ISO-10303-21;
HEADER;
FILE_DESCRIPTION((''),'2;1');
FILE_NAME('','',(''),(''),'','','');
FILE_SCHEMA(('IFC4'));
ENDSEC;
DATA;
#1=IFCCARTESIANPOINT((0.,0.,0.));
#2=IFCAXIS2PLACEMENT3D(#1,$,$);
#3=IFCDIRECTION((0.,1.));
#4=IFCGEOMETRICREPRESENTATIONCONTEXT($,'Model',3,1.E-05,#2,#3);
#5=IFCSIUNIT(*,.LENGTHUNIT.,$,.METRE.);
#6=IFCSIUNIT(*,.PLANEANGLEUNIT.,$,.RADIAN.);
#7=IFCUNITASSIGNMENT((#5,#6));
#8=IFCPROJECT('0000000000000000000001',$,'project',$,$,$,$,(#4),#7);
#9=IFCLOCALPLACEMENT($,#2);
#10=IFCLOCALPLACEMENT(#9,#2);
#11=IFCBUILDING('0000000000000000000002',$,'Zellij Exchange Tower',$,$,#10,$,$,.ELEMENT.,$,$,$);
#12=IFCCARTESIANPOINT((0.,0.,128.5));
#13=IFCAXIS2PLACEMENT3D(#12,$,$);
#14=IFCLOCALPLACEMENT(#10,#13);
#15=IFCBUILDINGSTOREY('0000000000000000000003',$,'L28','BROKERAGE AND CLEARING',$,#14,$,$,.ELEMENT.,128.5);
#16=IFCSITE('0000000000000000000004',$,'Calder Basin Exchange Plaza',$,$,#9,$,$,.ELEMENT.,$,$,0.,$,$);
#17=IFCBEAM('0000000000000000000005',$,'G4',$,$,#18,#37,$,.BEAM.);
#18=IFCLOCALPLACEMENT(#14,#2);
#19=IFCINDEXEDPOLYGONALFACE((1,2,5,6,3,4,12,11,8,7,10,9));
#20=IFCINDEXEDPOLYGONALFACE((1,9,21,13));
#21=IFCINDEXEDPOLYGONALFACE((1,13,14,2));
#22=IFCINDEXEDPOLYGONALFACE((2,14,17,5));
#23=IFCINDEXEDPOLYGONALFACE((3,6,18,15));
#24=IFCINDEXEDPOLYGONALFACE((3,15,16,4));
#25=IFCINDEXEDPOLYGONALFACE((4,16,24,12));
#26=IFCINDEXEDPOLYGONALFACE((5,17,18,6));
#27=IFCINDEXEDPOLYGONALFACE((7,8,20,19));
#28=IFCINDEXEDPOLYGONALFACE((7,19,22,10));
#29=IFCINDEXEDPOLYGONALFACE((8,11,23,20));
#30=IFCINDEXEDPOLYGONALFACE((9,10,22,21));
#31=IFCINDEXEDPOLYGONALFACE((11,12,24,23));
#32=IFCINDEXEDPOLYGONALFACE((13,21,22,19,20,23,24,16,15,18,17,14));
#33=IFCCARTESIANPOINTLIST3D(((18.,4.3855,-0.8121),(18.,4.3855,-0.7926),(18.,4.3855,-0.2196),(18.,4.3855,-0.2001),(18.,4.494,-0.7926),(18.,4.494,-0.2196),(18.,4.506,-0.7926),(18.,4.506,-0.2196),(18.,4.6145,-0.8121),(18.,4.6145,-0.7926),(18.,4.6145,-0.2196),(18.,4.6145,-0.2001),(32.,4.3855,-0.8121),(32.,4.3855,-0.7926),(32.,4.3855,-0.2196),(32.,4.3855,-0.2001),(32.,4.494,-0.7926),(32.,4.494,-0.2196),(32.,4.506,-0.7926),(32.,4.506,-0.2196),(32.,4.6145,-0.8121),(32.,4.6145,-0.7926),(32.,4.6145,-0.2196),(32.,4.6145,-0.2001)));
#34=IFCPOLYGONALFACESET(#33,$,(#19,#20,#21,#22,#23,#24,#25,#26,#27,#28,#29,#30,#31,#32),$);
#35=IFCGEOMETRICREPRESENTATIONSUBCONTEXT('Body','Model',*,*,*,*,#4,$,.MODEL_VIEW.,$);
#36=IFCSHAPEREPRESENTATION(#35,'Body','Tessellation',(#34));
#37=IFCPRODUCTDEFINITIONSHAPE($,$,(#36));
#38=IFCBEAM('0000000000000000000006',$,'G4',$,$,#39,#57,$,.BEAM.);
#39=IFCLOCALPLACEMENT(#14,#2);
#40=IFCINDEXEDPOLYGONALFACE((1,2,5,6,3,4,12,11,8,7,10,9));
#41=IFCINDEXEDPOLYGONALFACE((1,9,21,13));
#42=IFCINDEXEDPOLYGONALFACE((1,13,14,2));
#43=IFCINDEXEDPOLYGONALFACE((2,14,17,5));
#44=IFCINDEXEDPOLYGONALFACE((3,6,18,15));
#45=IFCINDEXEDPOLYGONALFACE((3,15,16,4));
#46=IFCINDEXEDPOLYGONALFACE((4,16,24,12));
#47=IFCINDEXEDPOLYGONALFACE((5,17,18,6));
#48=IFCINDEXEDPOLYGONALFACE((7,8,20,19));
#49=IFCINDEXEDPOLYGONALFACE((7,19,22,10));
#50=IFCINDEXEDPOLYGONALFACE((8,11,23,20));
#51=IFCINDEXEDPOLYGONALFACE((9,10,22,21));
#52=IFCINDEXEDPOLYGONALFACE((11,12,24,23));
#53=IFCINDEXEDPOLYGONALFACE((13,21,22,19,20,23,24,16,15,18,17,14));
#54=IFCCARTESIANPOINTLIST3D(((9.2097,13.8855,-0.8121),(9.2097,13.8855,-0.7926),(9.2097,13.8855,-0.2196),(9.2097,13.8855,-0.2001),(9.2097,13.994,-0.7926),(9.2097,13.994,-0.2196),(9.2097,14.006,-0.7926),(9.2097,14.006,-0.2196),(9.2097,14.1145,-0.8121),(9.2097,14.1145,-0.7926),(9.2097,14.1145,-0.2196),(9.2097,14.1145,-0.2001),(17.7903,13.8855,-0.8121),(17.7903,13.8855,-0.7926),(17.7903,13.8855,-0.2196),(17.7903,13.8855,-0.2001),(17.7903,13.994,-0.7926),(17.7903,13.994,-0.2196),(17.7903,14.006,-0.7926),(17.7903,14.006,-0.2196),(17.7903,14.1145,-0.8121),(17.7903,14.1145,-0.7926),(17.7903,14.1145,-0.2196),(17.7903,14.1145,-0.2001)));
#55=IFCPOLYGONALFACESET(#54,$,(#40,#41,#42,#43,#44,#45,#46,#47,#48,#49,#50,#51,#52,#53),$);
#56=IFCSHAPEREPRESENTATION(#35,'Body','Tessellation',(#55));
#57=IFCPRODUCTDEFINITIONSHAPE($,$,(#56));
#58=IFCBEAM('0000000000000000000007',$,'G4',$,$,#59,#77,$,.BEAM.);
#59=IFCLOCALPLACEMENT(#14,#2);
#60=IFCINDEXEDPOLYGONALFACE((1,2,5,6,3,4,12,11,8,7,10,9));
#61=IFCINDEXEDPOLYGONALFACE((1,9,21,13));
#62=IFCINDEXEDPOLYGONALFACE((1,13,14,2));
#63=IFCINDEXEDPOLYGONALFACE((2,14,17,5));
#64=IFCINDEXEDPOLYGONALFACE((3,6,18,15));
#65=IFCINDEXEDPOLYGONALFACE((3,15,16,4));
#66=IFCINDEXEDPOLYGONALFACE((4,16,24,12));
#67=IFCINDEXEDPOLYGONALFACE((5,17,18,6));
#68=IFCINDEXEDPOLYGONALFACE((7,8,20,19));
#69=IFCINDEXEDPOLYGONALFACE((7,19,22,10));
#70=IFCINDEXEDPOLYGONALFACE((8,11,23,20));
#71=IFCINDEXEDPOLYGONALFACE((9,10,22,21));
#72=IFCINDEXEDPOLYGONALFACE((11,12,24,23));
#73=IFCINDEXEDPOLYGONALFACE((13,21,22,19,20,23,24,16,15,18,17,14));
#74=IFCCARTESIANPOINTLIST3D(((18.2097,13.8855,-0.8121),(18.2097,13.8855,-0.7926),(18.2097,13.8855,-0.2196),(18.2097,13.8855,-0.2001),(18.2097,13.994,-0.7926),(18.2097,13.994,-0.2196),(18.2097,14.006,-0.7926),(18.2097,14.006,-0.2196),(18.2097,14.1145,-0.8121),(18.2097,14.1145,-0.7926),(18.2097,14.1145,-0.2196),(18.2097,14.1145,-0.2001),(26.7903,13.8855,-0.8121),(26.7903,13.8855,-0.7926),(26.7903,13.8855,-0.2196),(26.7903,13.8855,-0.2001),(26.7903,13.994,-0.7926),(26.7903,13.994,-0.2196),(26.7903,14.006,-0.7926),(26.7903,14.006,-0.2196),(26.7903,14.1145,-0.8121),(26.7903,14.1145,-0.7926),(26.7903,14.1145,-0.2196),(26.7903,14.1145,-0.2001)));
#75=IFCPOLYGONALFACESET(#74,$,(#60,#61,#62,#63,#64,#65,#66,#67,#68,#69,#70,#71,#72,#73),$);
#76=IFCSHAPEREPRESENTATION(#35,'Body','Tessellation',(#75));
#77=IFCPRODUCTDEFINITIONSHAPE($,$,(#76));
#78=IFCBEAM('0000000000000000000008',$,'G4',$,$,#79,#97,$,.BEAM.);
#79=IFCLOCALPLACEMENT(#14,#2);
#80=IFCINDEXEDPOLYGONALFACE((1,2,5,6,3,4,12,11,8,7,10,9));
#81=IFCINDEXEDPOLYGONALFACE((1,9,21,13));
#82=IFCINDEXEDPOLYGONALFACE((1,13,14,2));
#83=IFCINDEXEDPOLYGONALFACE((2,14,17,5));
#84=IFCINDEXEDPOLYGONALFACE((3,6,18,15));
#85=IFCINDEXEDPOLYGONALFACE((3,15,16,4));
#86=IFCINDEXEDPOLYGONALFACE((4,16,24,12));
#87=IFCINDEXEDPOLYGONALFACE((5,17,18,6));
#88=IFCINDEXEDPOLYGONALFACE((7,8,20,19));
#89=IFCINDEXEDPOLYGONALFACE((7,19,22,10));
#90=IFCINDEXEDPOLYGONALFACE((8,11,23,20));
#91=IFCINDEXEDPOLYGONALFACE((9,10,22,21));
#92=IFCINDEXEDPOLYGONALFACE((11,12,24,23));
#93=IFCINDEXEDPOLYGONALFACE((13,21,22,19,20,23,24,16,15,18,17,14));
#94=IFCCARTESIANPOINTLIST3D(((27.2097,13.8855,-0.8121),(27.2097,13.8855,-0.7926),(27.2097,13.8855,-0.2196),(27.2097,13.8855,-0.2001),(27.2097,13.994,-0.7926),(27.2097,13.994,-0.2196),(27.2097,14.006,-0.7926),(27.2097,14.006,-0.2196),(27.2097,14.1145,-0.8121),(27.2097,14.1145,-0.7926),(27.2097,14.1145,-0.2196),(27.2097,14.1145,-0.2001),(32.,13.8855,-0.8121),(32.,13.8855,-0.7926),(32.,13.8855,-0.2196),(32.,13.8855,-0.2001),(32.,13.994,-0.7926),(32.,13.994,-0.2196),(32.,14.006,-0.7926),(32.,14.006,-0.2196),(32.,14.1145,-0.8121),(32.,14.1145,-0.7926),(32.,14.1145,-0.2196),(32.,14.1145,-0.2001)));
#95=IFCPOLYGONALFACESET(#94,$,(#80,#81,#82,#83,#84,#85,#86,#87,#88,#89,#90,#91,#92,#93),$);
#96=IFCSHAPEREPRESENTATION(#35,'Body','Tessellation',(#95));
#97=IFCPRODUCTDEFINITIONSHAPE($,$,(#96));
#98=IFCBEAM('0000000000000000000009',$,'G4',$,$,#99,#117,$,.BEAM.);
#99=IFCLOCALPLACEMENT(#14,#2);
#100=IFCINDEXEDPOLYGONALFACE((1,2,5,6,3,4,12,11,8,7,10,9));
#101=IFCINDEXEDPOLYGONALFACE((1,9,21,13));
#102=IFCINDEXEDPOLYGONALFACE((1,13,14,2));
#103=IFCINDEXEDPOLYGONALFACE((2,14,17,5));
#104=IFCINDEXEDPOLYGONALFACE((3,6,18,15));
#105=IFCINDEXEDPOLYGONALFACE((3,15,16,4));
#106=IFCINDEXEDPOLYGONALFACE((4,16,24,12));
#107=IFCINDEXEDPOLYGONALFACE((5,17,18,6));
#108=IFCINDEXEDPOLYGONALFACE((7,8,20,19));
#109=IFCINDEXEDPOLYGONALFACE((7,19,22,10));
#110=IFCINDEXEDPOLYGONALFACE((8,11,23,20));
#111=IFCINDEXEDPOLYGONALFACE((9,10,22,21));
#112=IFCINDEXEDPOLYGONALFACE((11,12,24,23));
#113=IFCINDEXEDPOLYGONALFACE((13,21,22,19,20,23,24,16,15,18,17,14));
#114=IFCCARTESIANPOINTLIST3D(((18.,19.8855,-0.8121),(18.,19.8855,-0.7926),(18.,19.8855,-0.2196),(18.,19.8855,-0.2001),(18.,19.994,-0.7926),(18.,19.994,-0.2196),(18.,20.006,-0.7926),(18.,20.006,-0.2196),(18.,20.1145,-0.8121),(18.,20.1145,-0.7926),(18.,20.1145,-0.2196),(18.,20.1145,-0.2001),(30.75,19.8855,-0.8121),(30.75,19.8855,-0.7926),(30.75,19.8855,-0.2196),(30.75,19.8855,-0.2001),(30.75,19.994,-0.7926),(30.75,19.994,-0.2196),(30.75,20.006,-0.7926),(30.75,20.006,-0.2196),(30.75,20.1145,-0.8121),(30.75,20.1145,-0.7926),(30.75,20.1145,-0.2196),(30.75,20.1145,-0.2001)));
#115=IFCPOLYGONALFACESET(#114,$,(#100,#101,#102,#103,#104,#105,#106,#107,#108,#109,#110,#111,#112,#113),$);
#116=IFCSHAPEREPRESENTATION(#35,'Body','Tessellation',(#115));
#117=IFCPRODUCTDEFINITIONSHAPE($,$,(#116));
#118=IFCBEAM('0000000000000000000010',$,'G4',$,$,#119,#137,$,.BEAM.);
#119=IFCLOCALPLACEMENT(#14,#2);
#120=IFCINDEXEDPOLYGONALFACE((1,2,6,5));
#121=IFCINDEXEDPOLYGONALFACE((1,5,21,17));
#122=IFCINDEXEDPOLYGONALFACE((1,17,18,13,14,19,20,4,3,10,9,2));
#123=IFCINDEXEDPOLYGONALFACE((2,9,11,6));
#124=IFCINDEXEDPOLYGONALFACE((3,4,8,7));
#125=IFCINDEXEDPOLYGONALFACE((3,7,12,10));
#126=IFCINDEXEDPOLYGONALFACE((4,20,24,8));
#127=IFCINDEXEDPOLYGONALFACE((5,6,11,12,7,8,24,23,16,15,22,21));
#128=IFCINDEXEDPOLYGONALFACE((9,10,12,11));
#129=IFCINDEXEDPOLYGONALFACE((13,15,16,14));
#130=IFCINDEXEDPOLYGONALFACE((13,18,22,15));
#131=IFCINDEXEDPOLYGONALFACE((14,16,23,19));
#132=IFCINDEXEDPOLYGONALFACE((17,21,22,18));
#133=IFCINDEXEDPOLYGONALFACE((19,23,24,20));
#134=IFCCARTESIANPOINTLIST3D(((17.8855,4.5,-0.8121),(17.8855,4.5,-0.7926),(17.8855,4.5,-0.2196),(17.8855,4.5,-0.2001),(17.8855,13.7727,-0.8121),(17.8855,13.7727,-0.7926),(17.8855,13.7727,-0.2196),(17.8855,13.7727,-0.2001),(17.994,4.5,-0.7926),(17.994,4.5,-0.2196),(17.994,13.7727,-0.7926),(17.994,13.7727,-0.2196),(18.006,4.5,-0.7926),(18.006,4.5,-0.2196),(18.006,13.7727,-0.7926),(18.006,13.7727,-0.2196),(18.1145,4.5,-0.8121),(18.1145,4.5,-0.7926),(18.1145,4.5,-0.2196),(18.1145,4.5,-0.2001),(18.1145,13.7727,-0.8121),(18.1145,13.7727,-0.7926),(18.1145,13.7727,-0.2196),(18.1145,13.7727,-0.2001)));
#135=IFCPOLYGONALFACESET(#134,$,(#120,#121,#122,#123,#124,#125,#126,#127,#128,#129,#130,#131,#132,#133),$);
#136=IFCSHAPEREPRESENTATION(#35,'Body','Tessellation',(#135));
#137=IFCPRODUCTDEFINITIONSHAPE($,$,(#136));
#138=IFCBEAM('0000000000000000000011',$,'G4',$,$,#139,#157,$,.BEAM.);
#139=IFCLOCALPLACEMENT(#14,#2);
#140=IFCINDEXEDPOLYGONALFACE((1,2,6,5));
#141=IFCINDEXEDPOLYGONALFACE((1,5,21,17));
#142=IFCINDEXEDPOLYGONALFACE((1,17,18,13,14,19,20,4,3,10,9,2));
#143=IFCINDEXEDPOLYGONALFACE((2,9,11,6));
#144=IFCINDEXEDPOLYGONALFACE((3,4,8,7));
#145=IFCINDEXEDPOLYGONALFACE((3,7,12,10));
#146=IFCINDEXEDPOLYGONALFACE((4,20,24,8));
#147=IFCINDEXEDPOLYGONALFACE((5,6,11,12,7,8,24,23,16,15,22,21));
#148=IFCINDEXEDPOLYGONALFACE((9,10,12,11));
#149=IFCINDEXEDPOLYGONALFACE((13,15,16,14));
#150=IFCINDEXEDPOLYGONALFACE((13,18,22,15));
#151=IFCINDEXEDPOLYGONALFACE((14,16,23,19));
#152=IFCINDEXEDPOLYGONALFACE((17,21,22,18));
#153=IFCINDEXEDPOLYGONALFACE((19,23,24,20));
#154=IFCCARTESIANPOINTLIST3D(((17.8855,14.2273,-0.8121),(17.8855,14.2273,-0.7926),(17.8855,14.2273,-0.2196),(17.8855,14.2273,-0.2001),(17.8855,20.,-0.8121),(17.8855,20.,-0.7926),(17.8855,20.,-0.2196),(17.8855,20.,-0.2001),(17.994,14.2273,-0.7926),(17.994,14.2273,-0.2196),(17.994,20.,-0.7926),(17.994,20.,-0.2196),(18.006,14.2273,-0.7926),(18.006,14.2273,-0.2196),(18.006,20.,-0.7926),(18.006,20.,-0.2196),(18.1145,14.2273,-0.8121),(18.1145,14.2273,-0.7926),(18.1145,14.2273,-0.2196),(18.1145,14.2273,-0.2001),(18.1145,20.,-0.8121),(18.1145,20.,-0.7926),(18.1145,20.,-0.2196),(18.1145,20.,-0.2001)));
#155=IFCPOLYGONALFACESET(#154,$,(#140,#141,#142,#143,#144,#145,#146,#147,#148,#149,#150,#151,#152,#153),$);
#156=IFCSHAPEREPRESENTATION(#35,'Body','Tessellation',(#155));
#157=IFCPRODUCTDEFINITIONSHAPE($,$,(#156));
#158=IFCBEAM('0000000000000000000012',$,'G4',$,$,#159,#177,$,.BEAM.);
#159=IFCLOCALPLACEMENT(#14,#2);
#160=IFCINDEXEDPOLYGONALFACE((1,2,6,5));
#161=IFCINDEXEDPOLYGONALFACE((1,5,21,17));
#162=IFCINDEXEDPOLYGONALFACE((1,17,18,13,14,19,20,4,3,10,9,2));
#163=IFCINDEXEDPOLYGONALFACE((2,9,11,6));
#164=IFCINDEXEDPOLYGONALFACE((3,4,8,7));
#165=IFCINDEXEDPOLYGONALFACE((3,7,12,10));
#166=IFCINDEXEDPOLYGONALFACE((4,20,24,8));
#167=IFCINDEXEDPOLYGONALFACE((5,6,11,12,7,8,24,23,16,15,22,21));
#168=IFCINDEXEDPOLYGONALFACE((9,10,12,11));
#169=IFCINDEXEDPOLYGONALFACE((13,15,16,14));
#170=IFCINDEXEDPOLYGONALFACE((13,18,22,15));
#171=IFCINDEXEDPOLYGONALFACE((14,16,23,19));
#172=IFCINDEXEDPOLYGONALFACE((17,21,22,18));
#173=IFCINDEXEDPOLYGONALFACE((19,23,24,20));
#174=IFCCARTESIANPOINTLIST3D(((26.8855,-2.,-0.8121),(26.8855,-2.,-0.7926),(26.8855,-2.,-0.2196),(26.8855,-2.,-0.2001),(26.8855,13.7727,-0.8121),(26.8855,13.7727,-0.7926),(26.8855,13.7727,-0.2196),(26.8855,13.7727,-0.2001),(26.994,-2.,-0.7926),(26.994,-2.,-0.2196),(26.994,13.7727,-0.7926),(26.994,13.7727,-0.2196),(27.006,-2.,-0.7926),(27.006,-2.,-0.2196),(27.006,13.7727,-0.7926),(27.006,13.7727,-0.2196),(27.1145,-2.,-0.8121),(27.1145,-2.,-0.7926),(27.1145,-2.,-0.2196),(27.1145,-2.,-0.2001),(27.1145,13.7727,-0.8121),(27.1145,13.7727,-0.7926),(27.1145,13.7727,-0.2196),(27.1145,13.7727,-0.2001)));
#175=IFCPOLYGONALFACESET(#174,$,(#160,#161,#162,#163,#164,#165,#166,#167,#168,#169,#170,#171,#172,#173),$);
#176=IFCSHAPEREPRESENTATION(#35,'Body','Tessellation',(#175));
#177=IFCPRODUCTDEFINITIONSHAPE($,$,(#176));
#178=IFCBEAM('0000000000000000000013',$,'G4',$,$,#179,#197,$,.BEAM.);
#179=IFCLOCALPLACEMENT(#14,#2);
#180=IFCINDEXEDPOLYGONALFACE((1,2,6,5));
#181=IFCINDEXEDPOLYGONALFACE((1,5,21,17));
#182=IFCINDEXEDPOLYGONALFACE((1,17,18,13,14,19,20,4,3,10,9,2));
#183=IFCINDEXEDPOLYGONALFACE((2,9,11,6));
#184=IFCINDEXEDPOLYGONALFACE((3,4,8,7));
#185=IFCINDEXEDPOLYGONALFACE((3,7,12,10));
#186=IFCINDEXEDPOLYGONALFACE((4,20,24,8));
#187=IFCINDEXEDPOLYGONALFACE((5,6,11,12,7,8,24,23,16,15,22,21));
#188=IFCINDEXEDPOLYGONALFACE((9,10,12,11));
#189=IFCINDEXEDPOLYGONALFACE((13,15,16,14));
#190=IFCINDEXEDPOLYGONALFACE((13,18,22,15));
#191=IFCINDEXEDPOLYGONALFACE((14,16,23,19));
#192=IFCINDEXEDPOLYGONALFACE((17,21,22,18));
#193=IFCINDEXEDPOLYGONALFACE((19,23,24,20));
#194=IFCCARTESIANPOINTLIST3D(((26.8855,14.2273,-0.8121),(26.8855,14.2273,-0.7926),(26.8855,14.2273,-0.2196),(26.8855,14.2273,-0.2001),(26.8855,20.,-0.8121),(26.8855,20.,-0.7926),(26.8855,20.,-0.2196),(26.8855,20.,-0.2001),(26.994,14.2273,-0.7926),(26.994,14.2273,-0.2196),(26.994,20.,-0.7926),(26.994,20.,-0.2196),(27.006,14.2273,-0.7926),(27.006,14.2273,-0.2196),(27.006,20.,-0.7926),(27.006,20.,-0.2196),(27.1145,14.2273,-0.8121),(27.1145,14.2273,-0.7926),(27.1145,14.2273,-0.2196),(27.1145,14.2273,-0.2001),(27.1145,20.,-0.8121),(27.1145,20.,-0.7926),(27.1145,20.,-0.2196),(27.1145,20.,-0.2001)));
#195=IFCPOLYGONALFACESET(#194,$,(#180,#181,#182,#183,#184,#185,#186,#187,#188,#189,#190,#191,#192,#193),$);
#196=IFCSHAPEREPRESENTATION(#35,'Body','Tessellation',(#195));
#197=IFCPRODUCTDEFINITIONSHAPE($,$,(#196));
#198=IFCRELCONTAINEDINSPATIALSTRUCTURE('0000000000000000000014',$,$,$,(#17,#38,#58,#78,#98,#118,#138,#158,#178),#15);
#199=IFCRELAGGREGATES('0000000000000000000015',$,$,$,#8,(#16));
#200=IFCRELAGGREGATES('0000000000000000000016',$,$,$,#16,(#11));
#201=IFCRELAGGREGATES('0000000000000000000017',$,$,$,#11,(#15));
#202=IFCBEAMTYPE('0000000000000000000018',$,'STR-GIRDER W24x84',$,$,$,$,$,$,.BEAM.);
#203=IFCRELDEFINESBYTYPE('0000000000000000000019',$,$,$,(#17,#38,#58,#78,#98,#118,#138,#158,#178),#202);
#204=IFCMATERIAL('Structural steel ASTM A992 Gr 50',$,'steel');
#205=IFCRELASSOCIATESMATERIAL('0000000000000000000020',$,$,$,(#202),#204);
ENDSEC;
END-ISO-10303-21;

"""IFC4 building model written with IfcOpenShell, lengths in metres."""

from ifc_helpers import new_model, si_unit, direction, frame, origin, origin_2d, place, context, subcontext, project, spatial, i_section, extrude, material, material_profile, profile_set, type_object, element, save


model = new_model("IFC4")

# Units and contexts
model_context = context("Model", 3, precision=1e-05, world=origin(), true_north=direction((0.0, 1.0)))
body_context = subcontext(model_context, "Body", "Model", "MODEL_VIEW")
ifc_project = project(units=[si_unit("LENGTHUNIT", "METRE"), si_unit("PLANEANGLEUNIT", "RADIAN")], contexts=[model_context])

# Site, building, storey
site_placement = place(None, origin())
site = spatial("IfcSite", under=ifc_project, at=site_placement, Name="Calder Basin Exchange Plaza", CompositionType="ELEMENT", RefElevation=0.0)
building_placement = place(site_placement, origin())
building = spatial("IfcBuilding", under=site, at=building_placement, Name="Zellij Exchange Tower", CompositionType="ELEMENT")
storey_placement = place(building_placement, frame((0.0, 0.0, 128.5)))
storey = spatial("IfcBuildingStorey", under=building, at=storey_placement, Name="L28", Description="BROKERAGE AND CLEARING", CompositionType="ELEMENT", Elevation=128.5)

# Beams
ifc_material_1 = material(Name="Structural steel ASTM A992 Gr 50", Category="steel")
ifc_material_profile_1 = material_profile(ifc_material_1, i_section(OverallWidth=0.229, OverallDepth=0.6121, WebThickness=0.012, FlangeThickness=0.0195, at=origin_2d()), Name="W24x84")
ifc_profile_set_1 = profile_set([ifc_material_profile_1], Name="Structural steel ASTM A992 Gr 50")
beam_type_1 = type_object("IfcBeamType", Name="STR-GIRDER W24x84", PredefinedType="BEAM", material=ifc_profile_set_1)
beam_1_placement = place(storey_placement, frame((18.0, 4.5, -0.5061), z_axis=(1.0, 0.0, 0.0), x_axis=(0.0, 1.0, 0.0)))
element("IfcBeam", 1, at=beam_1_placement, inside=storey, type_object=beam_type_1, Name="G4", PredefinedType="BEAM", context=body_context, shape_type="SweptSolid", body=[
    extrude(i_section(OverallWidth=0.229, OverallDepth=0.6121, WebThickness=0.012, FlangeThickness=0.0195, at=origin_2d()), origin(), (0.0, 0.0, 1.0), 14.0),
])
for number, where, z_axis, x_axis, name in (
    (2, (9.2097, 14.0, -0.5061), (1.0, 0.0, 0.0), (0.0, 1.0, 0.0), "G4"),
    (3, (18.2097, 14.0, -0.5061), (1.0, 0.0, 0.0), (0.0, 1.0, 0.0), "G4"),
):
    element("IfcBeam", number, at=place(storey_placement, frame(where, z_axis=z_axis, x_axis=x_axis)), inside=storey, type_object=beam_type_1, Name=name, PredefinedType="BEAM", context=body_context, shape_type="SweptSolid", body=[
        extrude(i_section(OverallWidth=0.229, OverallDepth=0.6121, WebThickness=0.012, FlangeThickness=0.0195, at=origin_2d()), origin(), (0.0, 0.0, 1.0), 8.5806),
    ])
beam_2_placement = place(storey_placement, frame((27.2097, 14.0, -0.5061), z_axis=(1.0, 0.0, 0.0), x_axis=(0.0, 1.0, 0.0)))
element("IfcBeam", 4, at=beam_2_placement, inside=storey, type_object=beam_type_1, Name="G4", PredefinedType="BEAM", context=body_context, shape_type="SweptSolid", body=[
    extrude(i_section(OverallWidth=0.229, OverallDepth=0.6121, WebThickness=0.012, FlangeThickness=0.0195, at=origin_2d()), origin(), (0.0, 0.0, 1.0), 4.7903),
])
beam_3_placement = place(storey_placement, frame((18.0, 20.0, -0.5061), z_axis=(1.0, 0.0, 0.0), x_axis=(0.0, 1.0, 0.0)))
element("IfcBeam", 5, at=beam_3_placement, inside=storey, type_object=beam_type_1, Name="G4", PredefinedType="BEAM", context=body_context, shape_type="SweptSolid", body=[
    extrude(i_section(OverallWidth=0.229, OverallDepth=0.6121, WebThickness=0.012, FlangeThickness=0.0195, at=origin_2d()), origin(), (0.0, 0.0, 1.0), 12.75),
])
beam_4_placement = place(storey_placement, frame((18.0, 4.5, -0.5061), z_axis=(0.0, 1.0, 0.0), x_axis=(-1.0, 0.0, 0.0)))
element("IfcBeam", 6, at=beam_4_placement, inside=storey, type_object=beam_type_1, Name="G4", PredefinedType="BEAM", context=body_context, shape_type="SweptSolid", body=[
    extrude(i_section(OverallWidth=0.229, OverallDepth=0.6121, WebThickness=0.012, FlangeThickness=0.0195, at=origin_2d()), origin(), (0.0, 0.0, 1.0), 9.2727),
])
beam_5_placement = place(storey_placement, frame((18.0, 14.2273, -0.5061), z_axis=(0.0, 1.0, 0.0), x_axis=(-1.0, 0.0, 0.0)))
element("IfcBeam", 7, at=beam_5_placement, inside=storey, type_object=beam_type_1, Name="G4", PredefinedType="BEAM", context=body_context, shape_type="SweptSolid", body=[
    extrude(i_section(OverallWidth=0.229, OverallDepth=0.6121, WebThickness=0.012, FlangeThickness=0.0195, at=origin_2d()), origin(), (0.0, 0.0, 1.0), 5.7727),
])
beam_6_placement = place(storey_placement, frame((27.0, -2.0, -0.5061), z_axis=(0.0, 1.0, 0.0), x_axis=(-1.0, 0.0, 0.0)))
element("IfcBeam", 8, at=beam_6_placement, inside=storey, type_object=beam_type_1, Name="G4", PredefinedType="BEAM", context=body_context, shape_type="SweptSolid", body=[
    extrude(i_section(OverallWidth=0.229, OverallDepth=0.6121, WebThickness=0.012, FlangeThickness=0.0195, at=origin_2d()), origin(), (0.0, 0.0, 1.0), 15.7727),
])
beam_7_placement = place(storey_placement, frame((27.0, 14.2273, -0.5061), z_axis=(0.0, 1.0, 0.0), x_axis=(-1.0, 0.0, 0.0)))
element("IfcBeam", 9, at=beam_7_placement, inside=storey, type_object=beam_type_1, Name="G4", PredefinedType="BEAM", context=body_context, shape_type="SweptSolid", body=[
    extrude(i_section(OverallWidth=0.229, OverallDepth=0.6121, WebThickness=0.012, FlangeThickness=0.0195, at=origin_2d()), origin(), (0.0, 0.0, 1.0), 5.7727),
])

save(model, "model.ifc")
